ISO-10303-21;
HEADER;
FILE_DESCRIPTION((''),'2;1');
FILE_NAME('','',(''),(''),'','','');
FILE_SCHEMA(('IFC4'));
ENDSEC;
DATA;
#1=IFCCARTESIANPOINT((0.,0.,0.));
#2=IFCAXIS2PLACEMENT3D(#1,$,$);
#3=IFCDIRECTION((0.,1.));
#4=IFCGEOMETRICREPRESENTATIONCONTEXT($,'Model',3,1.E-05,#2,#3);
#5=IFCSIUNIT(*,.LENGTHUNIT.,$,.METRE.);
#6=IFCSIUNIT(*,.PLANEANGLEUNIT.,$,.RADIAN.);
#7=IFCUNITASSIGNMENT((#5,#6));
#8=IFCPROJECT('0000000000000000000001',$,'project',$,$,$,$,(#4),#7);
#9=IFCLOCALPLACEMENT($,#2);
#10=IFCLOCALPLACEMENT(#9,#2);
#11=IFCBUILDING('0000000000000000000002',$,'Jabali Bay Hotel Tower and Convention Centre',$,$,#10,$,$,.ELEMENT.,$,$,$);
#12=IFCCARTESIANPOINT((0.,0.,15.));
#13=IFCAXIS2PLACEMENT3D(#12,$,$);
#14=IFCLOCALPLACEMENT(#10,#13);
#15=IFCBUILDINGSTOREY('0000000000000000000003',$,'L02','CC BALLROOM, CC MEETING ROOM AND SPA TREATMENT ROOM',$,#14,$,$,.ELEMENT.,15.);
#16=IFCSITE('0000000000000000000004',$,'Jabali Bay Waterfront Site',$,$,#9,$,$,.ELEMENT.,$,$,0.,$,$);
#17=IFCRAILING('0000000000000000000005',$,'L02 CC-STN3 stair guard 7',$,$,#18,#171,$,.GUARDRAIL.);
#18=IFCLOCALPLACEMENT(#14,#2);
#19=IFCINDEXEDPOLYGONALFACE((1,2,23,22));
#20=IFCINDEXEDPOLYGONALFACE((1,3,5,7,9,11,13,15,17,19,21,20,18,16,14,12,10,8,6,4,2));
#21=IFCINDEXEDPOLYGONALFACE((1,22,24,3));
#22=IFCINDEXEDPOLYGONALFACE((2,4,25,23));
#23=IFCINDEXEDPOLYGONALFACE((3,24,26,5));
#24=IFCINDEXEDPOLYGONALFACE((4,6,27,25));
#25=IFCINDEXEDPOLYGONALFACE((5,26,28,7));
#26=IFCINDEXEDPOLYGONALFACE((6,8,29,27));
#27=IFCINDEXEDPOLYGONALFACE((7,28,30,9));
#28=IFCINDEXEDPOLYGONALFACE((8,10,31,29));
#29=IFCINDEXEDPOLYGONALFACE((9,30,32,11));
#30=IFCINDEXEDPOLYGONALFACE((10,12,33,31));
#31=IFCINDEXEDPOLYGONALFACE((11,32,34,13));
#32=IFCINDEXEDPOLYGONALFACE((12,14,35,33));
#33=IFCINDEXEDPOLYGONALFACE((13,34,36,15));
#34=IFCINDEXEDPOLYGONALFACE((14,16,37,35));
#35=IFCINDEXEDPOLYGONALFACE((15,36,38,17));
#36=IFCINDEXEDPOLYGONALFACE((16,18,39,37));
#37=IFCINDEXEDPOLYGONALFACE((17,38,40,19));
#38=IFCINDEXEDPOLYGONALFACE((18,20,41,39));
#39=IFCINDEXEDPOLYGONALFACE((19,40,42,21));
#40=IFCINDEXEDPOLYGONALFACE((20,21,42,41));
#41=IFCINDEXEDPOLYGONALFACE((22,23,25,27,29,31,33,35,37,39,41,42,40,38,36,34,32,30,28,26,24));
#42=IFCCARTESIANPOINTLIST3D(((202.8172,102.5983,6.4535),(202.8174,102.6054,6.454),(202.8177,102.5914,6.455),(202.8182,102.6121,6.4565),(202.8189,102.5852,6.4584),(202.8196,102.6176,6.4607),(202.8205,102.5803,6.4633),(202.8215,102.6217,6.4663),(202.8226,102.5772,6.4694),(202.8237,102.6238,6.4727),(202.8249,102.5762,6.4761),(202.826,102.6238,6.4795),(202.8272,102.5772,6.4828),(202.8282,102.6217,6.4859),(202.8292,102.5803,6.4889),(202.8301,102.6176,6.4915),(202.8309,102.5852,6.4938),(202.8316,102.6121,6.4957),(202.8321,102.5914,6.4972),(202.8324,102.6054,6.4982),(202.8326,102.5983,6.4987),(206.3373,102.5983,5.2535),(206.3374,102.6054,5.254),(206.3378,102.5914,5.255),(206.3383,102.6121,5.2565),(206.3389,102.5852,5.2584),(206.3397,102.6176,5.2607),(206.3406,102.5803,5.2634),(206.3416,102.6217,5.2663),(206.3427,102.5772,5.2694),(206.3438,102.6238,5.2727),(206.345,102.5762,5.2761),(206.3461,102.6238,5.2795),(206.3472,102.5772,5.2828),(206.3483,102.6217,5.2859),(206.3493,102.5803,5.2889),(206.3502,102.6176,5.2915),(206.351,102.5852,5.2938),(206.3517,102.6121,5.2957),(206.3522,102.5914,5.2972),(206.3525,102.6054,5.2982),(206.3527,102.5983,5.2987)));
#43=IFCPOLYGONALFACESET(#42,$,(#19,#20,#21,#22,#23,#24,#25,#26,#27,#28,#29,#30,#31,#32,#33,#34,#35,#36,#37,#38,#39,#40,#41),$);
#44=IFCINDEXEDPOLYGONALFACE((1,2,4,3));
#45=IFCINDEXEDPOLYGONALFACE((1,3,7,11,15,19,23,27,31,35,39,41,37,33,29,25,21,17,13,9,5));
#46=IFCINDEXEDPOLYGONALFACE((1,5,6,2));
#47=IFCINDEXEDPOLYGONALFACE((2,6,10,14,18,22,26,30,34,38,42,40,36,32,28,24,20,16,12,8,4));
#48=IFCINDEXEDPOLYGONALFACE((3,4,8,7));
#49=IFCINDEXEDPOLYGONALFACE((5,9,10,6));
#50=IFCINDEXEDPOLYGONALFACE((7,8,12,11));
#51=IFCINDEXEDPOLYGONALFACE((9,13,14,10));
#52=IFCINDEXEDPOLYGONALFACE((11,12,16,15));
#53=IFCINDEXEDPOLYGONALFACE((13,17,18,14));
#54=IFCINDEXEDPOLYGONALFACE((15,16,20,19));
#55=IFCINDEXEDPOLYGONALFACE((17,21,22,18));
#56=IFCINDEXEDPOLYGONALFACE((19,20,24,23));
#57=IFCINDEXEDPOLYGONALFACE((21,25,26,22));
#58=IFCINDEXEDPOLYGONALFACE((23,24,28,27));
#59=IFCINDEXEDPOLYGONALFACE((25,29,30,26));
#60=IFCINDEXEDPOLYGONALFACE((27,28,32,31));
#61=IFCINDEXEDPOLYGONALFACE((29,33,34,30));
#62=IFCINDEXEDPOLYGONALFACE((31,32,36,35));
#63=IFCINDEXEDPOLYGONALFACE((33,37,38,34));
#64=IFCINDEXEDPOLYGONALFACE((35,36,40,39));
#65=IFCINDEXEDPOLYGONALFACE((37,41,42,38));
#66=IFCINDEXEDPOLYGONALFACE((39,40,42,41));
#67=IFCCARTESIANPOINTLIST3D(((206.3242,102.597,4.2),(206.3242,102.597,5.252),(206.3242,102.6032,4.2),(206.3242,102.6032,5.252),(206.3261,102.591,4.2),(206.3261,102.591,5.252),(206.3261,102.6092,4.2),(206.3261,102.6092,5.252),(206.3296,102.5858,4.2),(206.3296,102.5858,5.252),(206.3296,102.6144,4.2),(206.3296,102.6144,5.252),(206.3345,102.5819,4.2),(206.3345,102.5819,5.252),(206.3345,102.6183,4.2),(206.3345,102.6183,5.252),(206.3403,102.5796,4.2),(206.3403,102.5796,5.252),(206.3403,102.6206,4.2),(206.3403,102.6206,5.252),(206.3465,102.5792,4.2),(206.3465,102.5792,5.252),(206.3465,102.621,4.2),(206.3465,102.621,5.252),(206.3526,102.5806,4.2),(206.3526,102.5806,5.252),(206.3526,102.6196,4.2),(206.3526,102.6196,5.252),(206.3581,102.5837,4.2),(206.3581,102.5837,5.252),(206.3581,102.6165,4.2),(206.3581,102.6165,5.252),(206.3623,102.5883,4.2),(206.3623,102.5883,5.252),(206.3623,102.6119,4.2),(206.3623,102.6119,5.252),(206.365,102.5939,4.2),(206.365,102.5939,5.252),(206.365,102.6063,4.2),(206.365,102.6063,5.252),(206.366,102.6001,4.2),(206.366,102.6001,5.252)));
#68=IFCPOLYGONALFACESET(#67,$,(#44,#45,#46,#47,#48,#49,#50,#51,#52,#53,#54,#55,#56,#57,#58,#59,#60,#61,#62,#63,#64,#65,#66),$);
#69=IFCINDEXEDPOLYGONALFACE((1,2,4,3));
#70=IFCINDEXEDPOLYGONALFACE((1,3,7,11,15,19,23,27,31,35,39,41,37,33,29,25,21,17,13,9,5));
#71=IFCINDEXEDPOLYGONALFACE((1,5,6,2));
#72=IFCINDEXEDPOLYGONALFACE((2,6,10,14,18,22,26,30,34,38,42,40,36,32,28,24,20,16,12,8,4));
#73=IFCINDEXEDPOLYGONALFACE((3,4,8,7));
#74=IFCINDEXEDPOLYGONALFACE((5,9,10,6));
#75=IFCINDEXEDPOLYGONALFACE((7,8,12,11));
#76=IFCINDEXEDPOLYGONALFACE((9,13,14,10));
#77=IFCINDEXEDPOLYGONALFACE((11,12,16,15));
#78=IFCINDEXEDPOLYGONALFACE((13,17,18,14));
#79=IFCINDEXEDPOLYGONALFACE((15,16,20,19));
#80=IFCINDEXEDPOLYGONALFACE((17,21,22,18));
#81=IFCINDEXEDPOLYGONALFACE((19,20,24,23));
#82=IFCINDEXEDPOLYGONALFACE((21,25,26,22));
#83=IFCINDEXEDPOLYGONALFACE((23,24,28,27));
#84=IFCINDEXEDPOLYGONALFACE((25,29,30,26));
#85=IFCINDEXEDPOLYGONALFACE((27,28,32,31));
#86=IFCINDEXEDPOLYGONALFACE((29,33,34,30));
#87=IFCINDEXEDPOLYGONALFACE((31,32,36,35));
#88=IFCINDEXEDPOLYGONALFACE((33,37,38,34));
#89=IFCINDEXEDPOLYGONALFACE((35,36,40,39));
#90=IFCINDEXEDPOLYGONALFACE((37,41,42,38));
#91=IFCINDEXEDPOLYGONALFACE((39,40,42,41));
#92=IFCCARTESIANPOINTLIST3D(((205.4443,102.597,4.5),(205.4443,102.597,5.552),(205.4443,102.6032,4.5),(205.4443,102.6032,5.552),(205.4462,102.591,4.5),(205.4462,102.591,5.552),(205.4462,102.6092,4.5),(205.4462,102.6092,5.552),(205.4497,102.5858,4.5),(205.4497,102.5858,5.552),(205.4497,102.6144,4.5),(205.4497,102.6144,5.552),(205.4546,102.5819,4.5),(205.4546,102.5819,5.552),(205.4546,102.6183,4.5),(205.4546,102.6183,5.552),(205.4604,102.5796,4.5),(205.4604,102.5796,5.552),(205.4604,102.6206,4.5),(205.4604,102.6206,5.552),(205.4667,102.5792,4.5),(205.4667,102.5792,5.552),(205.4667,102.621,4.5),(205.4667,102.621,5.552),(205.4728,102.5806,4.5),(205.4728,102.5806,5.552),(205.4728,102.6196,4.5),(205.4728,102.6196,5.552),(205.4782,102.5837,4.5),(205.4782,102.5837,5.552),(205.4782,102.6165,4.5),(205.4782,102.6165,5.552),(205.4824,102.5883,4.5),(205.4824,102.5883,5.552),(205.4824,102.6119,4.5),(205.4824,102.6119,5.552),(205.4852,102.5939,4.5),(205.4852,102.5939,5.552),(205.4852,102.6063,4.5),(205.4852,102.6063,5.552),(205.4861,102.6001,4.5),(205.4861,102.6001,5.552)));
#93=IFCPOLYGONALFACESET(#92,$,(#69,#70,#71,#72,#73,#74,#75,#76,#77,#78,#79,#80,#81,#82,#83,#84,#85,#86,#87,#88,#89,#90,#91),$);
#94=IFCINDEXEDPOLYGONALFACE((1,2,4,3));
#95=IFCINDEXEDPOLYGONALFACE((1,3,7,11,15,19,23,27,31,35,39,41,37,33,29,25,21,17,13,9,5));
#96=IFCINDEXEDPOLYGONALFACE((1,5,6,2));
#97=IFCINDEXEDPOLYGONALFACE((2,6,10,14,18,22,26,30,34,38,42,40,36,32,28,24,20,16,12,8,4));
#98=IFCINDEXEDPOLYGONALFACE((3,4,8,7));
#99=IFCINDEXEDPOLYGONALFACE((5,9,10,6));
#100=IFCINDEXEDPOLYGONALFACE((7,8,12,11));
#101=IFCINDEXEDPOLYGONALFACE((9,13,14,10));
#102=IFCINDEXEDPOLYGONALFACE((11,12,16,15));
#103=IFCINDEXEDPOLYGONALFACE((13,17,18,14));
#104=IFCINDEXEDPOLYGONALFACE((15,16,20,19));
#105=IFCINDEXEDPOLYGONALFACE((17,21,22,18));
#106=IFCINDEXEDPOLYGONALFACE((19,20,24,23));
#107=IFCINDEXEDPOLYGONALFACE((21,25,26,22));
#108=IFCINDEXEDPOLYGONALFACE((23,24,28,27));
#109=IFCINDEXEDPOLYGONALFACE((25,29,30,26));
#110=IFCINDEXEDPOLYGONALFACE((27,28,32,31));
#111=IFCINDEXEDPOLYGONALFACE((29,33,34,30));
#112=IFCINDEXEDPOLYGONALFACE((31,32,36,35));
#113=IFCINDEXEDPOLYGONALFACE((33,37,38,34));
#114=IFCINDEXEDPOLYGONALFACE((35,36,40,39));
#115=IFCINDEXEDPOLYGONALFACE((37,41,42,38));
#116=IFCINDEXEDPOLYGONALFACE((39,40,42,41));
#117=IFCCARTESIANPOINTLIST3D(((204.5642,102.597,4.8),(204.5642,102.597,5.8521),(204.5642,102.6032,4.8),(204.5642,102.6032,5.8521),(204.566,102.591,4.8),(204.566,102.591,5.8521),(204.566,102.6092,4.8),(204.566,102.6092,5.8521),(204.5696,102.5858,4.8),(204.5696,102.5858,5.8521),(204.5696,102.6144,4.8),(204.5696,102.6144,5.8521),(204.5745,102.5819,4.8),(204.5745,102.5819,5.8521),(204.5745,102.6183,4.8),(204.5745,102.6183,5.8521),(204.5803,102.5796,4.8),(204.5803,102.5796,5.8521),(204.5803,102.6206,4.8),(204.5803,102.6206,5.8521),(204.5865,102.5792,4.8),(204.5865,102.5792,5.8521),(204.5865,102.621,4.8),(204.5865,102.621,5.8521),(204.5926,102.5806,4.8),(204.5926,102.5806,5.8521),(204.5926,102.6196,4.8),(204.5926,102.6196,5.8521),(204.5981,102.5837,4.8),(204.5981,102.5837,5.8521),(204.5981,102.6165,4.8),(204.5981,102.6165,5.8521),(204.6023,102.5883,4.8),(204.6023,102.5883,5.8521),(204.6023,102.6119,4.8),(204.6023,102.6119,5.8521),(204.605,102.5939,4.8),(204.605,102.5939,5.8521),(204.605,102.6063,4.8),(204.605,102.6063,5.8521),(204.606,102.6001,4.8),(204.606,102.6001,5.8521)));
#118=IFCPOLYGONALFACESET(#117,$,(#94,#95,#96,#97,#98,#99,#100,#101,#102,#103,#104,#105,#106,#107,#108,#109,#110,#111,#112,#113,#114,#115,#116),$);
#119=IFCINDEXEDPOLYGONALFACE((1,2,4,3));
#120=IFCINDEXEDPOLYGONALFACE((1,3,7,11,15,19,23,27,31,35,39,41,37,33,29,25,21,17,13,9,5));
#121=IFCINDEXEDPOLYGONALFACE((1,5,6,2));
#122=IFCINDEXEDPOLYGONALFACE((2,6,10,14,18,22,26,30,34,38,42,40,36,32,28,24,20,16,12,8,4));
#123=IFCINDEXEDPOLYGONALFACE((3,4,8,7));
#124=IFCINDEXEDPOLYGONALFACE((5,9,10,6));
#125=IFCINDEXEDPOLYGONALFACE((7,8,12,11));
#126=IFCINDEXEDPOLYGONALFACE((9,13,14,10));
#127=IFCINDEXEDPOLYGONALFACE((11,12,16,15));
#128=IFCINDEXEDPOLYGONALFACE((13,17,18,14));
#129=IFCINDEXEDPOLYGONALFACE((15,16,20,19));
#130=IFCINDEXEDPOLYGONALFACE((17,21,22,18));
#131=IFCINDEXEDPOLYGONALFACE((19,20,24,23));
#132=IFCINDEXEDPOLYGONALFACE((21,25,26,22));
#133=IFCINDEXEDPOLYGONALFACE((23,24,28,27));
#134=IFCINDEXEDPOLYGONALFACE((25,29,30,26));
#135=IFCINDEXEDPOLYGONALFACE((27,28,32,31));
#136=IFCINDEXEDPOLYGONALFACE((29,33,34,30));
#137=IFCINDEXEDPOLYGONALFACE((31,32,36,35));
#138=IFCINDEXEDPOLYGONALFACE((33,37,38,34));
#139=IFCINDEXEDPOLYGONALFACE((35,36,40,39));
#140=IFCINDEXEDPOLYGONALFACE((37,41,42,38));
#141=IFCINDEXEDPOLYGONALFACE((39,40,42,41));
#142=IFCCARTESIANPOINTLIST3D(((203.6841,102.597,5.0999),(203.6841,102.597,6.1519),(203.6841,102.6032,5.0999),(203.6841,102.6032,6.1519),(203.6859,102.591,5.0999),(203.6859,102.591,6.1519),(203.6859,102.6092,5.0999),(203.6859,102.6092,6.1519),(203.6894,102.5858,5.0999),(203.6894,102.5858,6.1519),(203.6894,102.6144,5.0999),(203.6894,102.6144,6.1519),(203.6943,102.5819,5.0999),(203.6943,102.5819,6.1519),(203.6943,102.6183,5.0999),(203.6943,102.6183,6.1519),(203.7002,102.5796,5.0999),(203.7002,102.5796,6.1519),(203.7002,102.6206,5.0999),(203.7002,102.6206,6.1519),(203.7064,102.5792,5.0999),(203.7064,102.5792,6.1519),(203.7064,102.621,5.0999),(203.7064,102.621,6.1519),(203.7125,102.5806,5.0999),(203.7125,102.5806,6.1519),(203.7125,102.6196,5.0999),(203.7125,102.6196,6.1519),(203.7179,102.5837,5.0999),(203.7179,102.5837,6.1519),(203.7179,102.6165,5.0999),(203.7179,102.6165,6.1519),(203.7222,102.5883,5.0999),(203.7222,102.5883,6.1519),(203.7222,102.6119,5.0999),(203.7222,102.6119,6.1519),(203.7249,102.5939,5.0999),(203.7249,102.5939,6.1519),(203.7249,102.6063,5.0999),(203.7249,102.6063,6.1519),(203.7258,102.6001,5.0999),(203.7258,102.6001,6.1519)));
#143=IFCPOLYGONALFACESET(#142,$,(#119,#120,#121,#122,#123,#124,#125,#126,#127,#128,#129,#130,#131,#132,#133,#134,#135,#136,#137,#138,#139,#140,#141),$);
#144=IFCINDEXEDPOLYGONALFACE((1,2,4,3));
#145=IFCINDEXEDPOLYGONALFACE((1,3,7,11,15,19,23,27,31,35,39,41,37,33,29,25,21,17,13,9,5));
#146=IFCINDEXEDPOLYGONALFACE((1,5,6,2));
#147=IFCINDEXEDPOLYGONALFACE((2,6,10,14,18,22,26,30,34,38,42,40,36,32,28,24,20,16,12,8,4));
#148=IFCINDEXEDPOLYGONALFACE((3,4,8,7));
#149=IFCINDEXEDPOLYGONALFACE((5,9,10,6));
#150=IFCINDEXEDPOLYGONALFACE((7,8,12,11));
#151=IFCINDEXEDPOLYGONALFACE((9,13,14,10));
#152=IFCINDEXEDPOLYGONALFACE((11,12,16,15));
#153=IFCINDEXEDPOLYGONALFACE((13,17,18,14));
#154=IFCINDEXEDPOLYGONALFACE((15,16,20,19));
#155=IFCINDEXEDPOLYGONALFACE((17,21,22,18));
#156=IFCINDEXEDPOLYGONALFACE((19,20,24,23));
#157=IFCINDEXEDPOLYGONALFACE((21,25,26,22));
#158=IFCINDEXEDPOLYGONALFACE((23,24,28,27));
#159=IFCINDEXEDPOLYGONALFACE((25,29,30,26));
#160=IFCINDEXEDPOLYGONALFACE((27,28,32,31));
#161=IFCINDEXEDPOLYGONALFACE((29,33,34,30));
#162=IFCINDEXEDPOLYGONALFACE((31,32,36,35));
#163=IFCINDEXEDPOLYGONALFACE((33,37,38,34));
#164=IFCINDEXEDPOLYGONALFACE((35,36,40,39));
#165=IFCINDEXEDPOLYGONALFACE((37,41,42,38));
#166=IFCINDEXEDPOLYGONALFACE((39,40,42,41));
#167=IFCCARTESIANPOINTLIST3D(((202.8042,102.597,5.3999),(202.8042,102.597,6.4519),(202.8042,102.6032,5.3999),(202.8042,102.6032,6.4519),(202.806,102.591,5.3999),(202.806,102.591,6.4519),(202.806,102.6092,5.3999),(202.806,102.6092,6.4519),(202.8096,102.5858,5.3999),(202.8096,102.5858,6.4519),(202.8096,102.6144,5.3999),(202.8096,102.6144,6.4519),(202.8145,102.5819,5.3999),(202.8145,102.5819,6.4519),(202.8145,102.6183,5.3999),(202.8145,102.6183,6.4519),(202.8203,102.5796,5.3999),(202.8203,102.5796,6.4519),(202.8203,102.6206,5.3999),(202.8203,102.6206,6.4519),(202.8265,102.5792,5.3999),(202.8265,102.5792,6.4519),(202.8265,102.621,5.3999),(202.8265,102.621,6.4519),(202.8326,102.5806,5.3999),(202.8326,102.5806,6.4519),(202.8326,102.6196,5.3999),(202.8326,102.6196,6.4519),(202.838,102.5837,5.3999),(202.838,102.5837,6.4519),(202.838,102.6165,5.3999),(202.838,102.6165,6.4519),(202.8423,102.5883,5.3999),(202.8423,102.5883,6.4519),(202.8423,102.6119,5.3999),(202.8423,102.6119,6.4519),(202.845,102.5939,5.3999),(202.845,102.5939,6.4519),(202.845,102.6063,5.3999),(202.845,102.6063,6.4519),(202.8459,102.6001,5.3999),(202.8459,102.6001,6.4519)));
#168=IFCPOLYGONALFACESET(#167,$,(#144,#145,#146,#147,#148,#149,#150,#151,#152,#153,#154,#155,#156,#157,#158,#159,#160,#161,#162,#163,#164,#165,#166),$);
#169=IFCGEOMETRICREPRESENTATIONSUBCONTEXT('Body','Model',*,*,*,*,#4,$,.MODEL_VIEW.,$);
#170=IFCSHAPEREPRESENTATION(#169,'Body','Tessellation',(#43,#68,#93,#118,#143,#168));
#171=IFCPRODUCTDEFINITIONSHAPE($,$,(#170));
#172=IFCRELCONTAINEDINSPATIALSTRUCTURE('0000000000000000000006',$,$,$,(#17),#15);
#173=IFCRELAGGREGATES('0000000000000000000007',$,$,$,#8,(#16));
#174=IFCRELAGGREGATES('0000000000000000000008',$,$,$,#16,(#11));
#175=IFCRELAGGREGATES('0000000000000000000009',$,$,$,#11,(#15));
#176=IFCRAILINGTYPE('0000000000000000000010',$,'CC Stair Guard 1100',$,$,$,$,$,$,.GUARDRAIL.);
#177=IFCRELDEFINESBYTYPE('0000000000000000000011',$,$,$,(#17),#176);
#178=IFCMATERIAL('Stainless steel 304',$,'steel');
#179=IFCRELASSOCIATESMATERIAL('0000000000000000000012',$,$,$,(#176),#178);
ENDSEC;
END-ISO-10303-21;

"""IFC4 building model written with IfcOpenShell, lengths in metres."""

from ifc_helpers import new_model, si_unit, direction, frame, origin, origin_2d, place, context, subcontext, project, spatial, circle, extrude, material, type_object, element, save


model = new_model("IFC4")

# Units and contexts
model_context = context("Model", 3, precision=1e-05, world=origin(), true_north=direction((0.0, 1.0)))
body_context = subcontext(model_context, "Body", "Model", "MODEL_VIEW")
ifc_project = project(units=[si_unit("LENGTHUNIT", "METRE"), si_unit("PLANEANGLEUNIT", "RADIAN")], contexts=[model_context])

# Site, building, storey
site_placement = place(None, origin())
site = spatial("IfcSite", under=ifc_project, at=site_placement, Name="Jabali Bay Waterfront Site", CompositionType="ELEMENT", RefElevation=0.0)
building_placement = place(site_placement, origin())
building = spatial("IfcBuilding", under=site, at=building_placement, Name="Jabali Bay Hotel Tower and Convention Centre", CompositionType="ELEMENT")
storey_placement = place(building_placement, frame((0.0, 0.0, 15.0)))
storey = spatial("IfcBuildingStorey", under=building, at=storey_placement, Name="L02", Description="CC BALLROOM, CC MEETING ROOM AND SPA TREATMENT ROOM", CompositionType="ELEMENT", Elevation=15.0)

# Railing
ifc_material_1 = material(Name="Stainless steel 304", Category="steel")
railing_type_1 = type_object("IfcRailingType", Name="CC Stair Guard 1100", PredefinedType="GUARDRAIL", material=ifc_material_1)
railing_1_placement = place(storey_placement, frame((206.345, 102.6001, 4.2)))
element("IfcRailing", 1, at=railing_1_placement, inside=storey, type_object=railing_type_1, Name="L02 CC-STN3 stair guard 7", PredefinedType="GUARDRAIL", context=body_context, shape_type="SweptSolid", body=[
    extrude(circle(Radius=0.0239, at=origin_2d()), frame((0.0, 0.0, 1.0762), z_axis=(-0.946515, 0.0, 0.322661), x_axis=(0.0, -1.0, 0.0)), (0.0, 0.0, 1.0), 3.719),
    extrude(circle(Radius=0.021, at=origin_2d()), origin(), (0.0, 0.0, 1.0), 1.052),
    extrude(circle(Radius=0.021, at=origin_2d()), frame((-0.8799, 0.0, 0.3)), (0.0, 0.0, 1.0), 1.052),
    extrude(circle(Radius=0.021, at=origin_2d()), frame((-1.76, 0.0, 0.6001)), (0.0, 0.0, 1.0), 1.052),
    extrude(circle(Radius=0.021, at=origin_2d()), frame((-2.6401, 0.0, 0.8999)), (0.0, 0.0, 1.0), 1.052),
    extrude(circle(Radius=0.021, at=origin_2d()), frame((-3.52, 0.0, 1.2)), (0.0, 0.0, 1.0), 1.052),
])

save(model, "model.ifc")
